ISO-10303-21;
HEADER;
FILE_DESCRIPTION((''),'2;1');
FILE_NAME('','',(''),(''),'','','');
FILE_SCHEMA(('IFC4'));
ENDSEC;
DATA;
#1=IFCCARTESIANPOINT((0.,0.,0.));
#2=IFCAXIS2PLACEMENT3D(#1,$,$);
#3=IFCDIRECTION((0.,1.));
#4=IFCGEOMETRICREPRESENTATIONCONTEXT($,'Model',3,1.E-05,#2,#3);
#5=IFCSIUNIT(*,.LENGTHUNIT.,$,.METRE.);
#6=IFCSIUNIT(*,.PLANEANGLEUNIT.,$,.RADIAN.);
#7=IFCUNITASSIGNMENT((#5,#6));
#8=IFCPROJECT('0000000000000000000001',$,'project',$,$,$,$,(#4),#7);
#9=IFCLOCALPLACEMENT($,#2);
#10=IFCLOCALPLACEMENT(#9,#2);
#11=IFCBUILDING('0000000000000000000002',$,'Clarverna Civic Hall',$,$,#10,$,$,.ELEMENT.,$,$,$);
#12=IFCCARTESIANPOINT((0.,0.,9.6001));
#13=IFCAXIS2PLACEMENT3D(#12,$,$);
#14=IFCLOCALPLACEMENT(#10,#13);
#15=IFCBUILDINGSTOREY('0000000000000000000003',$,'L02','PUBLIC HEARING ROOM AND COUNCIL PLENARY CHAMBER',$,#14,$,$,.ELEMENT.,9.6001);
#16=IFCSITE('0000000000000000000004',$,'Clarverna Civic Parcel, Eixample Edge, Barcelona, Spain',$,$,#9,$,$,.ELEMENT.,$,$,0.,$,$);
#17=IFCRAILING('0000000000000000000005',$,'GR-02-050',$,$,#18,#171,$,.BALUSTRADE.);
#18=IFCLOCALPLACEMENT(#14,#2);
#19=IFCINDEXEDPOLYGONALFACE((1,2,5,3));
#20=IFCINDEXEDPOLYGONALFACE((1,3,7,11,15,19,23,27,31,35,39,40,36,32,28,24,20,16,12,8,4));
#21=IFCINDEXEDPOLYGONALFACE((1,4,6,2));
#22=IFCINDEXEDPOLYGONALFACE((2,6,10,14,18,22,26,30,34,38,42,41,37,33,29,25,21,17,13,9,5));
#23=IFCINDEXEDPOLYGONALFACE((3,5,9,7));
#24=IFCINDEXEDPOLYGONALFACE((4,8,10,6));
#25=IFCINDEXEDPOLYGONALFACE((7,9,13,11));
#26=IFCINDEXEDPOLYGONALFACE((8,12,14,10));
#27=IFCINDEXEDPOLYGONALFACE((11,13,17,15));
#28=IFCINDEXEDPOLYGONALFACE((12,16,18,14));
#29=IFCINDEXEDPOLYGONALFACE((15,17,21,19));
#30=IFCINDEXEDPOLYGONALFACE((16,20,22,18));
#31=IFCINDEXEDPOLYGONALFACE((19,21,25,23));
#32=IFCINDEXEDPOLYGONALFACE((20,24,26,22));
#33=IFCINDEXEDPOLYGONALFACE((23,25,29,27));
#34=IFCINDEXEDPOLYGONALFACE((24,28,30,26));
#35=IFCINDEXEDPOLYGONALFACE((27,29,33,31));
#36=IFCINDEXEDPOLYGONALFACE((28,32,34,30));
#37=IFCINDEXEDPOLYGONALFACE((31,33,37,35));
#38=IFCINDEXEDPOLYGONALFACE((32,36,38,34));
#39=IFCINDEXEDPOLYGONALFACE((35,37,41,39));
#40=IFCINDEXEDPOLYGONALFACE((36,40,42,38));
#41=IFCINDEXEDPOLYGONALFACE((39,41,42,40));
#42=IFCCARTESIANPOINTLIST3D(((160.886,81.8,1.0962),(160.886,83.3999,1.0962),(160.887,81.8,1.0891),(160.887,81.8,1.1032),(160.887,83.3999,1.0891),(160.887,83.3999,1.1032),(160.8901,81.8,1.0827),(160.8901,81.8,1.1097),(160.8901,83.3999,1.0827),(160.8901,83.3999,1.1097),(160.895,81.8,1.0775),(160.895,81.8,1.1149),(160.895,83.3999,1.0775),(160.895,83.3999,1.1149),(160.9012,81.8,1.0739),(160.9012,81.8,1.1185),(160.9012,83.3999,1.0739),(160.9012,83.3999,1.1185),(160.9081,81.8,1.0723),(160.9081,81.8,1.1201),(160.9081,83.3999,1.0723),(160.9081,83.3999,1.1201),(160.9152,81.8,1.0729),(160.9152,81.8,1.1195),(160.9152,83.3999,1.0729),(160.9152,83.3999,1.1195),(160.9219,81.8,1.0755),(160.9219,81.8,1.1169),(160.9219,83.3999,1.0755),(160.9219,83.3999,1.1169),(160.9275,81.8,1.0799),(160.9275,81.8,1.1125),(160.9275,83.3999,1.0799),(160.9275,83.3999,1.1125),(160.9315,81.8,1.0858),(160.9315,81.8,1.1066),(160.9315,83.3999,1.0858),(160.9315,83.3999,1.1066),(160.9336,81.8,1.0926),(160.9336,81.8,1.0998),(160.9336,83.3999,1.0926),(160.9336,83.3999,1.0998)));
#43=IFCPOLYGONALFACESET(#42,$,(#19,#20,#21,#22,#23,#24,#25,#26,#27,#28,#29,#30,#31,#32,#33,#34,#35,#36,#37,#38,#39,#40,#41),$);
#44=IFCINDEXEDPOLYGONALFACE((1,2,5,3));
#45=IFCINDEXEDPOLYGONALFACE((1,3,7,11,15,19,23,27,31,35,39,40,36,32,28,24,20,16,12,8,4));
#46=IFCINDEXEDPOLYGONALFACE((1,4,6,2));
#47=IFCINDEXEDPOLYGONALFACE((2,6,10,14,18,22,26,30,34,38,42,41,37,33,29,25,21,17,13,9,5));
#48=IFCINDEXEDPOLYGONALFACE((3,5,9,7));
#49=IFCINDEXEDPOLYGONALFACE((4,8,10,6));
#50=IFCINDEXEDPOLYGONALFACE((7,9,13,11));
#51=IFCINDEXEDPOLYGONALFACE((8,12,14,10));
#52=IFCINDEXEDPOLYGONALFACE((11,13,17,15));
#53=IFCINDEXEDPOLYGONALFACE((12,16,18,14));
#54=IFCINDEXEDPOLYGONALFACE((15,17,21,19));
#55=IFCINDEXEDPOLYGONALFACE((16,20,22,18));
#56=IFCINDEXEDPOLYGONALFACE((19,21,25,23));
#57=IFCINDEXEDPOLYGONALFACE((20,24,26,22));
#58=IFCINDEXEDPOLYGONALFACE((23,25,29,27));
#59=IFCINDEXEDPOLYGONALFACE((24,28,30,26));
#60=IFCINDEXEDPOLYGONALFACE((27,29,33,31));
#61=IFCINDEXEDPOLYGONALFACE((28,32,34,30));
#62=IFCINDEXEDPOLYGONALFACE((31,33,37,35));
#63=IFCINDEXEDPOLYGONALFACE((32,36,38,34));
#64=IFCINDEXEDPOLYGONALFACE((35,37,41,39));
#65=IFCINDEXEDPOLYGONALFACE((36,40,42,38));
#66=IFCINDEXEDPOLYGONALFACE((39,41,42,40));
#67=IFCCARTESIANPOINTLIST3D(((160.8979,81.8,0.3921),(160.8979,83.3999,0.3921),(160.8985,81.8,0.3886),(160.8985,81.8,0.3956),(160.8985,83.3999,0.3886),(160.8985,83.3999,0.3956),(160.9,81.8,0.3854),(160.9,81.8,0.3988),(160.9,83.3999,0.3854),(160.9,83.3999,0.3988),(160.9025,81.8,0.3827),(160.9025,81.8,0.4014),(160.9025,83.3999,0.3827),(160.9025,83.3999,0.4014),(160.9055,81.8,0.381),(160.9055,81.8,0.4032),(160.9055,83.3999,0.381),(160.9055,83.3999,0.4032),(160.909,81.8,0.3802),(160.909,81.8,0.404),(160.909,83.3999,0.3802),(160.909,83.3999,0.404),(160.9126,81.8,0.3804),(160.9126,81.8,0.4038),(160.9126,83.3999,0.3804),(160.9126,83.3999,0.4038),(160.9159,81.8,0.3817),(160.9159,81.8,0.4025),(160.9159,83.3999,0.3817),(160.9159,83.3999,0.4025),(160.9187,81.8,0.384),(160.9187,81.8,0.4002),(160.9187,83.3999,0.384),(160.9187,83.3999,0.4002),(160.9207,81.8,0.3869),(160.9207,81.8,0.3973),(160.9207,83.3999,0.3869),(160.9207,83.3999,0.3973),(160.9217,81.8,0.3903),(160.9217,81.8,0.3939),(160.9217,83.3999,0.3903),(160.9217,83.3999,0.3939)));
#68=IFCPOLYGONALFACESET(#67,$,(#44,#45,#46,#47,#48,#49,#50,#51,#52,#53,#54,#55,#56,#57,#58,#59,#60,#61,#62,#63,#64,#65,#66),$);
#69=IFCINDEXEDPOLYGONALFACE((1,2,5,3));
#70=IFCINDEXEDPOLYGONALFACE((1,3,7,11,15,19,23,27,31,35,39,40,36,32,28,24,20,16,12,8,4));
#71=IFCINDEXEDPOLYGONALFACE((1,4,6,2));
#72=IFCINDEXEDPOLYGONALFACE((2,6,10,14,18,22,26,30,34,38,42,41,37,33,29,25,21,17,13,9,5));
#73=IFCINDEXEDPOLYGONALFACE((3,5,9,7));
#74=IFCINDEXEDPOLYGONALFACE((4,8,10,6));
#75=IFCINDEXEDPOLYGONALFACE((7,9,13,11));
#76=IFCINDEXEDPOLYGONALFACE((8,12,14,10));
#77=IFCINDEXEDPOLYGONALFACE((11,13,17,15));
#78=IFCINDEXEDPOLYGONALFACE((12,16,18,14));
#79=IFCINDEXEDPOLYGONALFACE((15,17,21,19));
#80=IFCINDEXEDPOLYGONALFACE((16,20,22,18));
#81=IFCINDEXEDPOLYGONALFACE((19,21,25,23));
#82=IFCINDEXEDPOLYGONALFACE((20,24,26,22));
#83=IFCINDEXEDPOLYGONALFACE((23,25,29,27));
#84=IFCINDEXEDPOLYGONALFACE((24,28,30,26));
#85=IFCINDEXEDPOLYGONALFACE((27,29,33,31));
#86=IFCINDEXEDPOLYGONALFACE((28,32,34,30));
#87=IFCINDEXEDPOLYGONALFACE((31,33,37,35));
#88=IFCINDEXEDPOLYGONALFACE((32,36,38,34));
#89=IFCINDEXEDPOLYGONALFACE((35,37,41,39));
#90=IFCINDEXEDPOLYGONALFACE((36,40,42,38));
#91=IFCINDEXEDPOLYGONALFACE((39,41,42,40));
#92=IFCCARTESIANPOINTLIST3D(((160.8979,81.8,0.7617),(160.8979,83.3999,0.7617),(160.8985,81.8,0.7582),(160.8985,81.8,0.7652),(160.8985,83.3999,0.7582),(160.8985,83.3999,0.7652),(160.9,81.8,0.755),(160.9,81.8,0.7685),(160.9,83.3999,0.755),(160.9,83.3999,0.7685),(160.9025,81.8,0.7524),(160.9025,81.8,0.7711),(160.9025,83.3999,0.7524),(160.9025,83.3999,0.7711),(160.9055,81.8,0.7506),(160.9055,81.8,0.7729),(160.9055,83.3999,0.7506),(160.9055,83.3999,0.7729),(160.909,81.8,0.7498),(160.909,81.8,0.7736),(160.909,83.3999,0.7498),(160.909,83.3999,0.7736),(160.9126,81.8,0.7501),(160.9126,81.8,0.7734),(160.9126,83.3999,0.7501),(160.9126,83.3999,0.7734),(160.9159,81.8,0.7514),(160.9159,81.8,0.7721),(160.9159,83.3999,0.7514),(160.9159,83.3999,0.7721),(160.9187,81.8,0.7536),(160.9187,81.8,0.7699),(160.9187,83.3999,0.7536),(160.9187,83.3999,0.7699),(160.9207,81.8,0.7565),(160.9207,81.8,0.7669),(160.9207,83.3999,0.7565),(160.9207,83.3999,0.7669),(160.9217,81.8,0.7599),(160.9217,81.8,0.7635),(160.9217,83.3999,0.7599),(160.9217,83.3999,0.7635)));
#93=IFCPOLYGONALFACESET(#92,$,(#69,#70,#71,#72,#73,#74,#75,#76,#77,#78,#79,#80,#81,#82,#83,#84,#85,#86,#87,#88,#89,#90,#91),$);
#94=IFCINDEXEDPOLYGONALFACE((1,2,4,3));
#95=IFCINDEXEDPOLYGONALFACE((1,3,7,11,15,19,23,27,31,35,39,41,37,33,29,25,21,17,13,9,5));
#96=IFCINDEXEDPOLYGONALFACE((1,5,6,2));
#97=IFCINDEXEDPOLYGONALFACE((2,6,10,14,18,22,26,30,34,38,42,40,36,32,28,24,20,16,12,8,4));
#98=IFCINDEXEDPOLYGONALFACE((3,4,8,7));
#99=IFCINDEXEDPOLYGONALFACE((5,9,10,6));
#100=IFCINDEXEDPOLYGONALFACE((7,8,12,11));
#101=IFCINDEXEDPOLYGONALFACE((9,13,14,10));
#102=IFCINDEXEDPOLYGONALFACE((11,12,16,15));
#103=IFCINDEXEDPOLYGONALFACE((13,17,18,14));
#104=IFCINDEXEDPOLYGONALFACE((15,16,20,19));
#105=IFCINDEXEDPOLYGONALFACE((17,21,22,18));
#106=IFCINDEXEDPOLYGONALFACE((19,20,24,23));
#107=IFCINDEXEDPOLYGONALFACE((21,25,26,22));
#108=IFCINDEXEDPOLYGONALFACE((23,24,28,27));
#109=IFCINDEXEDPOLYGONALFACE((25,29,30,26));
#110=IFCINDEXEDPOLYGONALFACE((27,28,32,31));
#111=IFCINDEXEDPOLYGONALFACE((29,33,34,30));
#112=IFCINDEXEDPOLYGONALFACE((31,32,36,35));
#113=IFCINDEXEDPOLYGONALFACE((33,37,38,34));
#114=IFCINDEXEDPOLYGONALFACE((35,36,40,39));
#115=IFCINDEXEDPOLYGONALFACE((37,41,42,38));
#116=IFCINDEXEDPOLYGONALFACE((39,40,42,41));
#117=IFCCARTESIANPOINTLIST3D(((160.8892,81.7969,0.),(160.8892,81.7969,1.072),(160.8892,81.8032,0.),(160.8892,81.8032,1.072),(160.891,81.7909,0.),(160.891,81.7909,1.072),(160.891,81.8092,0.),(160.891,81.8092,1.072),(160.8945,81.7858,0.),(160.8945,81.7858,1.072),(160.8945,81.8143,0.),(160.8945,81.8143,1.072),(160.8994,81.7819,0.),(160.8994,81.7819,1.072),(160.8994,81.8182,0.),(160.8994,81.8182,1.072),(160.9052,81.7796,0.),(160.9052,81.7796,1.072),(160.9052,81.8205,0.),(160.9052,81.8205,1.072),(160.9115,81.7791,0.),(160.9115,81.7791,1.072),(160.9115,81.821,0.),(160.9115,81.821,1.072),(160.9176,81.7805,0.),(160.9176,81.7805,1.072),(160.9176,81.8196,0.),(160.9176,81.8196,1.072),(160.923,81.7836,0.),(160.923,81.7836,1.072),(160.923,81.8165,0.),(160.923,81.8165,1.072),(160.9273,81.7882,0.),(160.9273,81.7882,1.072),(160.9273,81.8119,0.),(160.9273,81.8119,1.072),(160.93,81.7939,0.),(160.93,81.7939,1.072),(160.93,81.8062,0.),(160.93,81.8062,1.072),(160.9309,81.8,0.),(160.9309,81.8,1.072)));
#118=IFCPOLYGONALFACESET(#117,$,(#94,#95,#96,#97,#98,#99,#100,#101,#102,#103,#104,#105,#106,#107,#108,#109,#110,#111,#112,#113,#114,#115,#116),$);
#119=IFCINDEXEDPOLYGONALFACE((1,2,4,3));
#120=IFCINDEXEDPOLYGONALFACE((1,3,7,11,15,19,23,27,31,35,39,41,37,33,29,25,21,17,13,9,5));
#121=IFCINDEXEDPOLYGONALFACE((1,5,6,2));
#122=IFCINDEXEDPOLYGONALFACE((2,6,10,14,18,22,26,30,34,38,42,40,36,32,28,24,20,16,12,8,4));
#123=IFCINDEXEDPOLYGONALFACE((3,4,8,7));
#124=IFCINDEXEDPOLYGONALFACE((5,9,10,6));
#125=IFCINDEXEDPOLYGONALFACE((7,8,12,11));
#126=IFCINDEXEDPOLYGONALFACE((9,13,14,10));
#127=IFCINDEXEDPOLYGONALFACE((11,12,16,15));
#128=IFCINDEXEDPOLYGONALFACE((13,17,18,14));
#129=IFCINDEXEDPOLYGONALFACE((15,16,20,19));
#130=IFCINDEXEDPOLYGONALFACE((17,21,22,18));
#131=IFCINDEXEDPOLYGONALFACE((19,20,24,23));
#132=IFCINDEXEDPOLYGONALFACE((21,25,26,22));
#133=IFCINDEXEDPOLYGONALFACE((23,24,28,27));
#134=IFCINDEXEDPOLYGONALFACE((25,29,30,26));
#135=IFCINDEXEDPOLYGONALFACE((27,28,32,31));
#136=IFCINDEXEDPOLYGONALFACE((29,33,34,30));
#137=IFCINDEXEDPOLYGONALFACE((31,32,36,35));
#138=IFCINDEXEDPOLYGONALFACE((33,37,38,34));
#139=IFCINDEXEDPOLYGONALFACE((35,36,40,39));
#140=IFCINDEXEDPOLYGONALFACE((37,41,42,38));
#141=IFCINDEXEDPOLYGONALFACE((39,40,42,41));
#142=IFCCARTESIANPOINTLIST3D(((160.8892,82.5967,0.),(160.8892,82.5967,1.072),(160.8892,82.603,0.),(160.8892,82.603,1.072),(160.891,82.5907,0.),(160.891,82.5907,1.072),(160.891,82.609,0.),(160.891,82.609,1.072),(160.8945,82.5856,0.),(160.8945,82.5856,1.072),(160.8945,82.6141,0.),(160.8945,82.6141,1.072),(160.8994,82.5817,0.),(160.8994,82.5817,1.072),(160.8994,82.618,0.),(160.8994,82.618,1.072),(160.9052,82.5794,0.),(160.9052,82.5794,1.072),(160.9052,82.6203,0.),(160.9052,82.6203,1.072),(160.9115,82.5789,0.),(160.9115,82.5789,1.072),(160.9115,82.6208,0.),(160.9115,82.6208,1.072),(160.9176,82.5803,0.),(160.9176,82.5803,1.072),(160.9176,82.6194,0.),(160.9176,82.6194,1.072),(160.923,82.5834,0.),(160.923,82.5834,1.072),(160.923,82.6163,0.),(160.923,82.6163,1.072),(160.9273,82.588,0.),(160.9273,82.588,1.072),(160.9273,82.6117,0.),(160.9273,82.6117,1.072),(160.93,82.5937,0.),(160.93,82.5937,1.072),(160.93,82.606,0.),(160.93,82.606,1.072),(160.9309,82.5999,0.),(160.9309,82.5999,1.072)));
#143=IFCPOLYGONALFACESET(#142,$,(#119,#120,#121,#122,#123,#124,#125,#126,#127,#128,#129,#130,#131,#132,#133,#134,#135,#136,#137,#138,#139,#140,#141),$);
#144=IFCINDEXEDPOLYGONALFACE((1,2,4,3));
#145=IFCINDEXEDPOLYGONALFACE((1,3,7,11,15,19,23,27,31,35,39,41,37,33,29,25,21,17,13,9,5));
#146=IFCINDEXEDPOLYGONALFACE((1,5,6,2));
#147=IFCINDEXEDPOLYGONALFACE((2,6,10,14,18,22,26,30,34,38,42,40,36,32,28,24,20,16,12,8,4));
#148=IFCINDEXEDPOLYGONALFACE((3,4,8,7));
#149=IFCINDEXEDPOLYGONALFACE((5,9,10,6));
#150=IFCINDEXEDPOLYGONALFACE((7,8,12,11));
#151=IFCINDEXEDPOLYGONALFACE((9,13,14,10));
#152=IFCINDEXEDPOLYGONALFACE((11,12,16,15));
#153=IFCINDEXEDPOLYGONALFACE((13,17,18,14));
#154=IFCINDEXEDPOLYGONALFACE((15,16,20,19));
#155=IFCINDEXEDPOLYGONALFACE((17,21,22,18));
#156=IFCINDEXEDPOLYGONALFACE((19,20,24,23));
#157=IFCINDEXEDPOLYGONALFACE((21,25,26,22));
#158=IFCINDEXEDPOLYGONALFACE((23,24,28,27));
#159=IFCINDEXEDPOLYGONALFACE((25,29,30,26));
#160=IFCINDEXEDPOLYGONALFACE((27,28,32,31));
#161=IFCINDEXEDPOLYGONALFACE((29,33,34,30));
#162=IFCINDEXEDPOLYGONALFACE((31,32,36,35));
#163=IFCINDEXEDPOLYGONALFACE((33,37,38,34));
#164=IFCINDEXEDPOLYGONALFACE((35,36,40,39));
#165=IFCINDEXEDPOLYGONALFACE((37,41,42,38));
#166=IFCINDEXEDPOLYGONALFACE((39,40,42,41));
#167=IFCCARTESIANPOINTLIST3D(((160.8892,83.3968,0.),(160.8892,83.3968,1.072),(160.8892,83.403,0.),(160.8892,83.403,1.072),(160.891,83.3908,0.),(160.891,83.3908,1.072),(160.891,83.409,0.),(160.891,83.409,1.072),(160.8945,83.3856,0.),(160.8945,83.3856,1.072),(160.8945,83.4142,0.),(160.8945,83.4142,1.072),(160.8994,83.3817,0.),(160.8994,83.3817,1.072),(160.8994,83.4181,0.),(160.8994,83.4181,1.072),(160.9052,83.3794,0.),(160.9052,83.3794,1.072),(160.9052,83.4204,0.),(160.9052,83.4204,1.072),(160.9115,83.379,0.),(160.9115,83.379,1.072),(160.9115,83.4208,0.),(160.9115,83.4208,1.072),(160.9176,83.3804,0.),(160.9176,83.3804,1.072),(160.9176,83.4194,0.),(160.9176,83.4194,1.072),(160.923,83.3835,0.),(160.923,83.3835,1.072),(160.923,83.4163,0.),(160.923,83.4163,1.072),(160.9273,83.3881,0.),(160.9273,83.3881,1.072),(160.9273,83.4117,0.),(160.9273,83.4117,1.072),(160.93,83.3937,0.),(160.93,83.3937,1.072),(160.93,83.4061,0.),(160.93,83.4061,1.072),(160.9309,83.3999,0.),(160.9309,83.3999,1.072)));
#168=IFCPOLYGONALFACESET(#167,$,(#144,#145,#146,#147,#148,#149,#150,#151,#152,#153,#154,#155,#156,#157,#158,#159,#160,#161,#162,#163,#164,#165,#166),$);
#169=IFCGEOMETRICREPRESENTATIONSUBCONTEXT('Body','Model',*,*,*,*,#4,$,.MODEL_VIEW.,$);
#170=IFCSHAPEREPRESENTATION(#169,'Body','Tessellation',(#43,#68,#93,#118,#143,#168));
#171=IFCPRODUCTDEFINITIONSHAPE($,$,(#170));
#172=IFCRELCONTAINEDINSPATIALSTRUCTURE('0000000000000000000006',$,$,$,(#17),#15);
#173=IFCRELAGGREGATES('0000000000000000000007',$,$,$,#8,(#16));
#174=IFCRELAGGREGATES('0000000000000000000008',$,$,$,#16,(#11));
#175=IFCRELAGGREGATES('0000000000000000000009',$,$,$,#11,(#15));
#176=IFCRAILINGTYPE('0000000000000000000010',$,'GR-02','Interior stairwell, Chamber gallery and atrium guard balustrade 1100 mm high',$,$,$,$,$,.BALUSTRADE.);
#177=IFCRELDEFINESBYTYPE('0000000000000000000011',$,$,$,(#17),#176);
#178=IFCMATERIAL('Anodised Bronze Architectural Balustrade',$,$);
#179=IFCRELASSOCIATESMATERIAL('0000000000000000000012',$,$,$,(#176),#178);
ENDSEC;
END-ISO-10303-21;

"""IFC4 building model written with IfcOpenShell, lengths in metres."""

from ifc_helpers import new_model, si_unit, direction, frame, origin, origin_2d, place, context, subcontext, project, spatial, circle, extrude, material, type_object, element, save


model = new_model("IFC4")

# Units and contexts
model_context = context("Model", 3, precision=1e-05, world=origin(), true_north=direction((0.0, 1.0)))
body_context = subcontext(model_context, "Body", "Model", "MODEL_VIEW")
ifc_project = project(units=[si_unit("LENGTHUNIT", "METRE"), si_unit("PLANEANGLEUNIT", "RADIAN")], contexts=[model_context])

# Site, building, storey
site_placement = place(None, origin())
site = spatial("IfcSite", under=ifc_project, at=site_placement, Name="Clarverna Civic Parcel, Eixample Edge, Barcelona, Spain", CompositionType="ELEMENT", RefElevation=0.0)
building_placement = place(site_placement, origin())
building = spatial("IfcBuilding", under=site, at=building_placement, Name="Clarverna Civic Hall", CompositionType="ELEMENT")
storey_placement = place(building_placement, frame((0.0, 0.0, 9.6001)))
storey = spatial("IfcBuildingStorey", under=building, at=storey_placement, Name="L02", Description="PUBLIC HEARING ROOM AND COUNCIL PLENARY CHAMBER", CompositionType="ELEMENT", Elevation=9.6001)

# Railing
ifc_material_1 = material(Name="Anodised Bronze Architectural Balustrade")
railing_type_1 = type_object("IfcRailingType", Name="GR-02", Description="Interior stairwell, Chamber gallery and atrium guard balustrade 1100 mm high", PredefinedType="BALUSTRADE", material=ifc_material_1)
railing_1_placement = place(storey_placement, frame((160.9099, 81.8, 0.0)))
element("IfcRailing", 1, at=railing_1_placement, inside=storey, type_object=railing_type_1, Name="GR-02-050", PredefinedType="BALUSTRADE", context=body_context, shape_type="SweptSolid", body=[
    extrude(circle(Radius=0.0239, at=origin_2d()), frame((0.0, 0.0, 1.0962), z_axis=(0.0, 1.0, 0.0), x_axis=(-1.0, 0.0, 0.0)), (0.0, 0.0, 1.0), 1.5999),
    extrude(circle(Radius=0.012, at=origin_2d()), frame((0.0, 0.0, 0.3921), z_axis=(0.0, 1.0, 0.0), x_axis=(-1.0, 0.0, 0.0)), (0.0, 0.0, 1.0), 1.5999),
    extrude(circle(Radius=0.012, at=origin_2d()), frame((0.0, 0.0, 0.7617), z_axis=(0.0, 1.0, 0.0), x_axis=(-1.0, 0.0, 0.0)), (0.0, 0.0, 1.0), 1.5999),
    extrude(circle(Radius=0.021, at=origin_2d()), origin(), (0.0, 0.0, 1.0), 1.072),
    extrude(circle(Radius=0.021, at=origin_2d()), frame((0.0, 0.7998, 0.0)), (0.0, 0.0, 1.0), 1.072),
    extrude(circle(Radius=0.021, at=origin_2d()), frame((0.0, 1.5999, 0.0)), (0.0, 0.0, 1.0), 1.072),
])

save(model, "model.ifc")
